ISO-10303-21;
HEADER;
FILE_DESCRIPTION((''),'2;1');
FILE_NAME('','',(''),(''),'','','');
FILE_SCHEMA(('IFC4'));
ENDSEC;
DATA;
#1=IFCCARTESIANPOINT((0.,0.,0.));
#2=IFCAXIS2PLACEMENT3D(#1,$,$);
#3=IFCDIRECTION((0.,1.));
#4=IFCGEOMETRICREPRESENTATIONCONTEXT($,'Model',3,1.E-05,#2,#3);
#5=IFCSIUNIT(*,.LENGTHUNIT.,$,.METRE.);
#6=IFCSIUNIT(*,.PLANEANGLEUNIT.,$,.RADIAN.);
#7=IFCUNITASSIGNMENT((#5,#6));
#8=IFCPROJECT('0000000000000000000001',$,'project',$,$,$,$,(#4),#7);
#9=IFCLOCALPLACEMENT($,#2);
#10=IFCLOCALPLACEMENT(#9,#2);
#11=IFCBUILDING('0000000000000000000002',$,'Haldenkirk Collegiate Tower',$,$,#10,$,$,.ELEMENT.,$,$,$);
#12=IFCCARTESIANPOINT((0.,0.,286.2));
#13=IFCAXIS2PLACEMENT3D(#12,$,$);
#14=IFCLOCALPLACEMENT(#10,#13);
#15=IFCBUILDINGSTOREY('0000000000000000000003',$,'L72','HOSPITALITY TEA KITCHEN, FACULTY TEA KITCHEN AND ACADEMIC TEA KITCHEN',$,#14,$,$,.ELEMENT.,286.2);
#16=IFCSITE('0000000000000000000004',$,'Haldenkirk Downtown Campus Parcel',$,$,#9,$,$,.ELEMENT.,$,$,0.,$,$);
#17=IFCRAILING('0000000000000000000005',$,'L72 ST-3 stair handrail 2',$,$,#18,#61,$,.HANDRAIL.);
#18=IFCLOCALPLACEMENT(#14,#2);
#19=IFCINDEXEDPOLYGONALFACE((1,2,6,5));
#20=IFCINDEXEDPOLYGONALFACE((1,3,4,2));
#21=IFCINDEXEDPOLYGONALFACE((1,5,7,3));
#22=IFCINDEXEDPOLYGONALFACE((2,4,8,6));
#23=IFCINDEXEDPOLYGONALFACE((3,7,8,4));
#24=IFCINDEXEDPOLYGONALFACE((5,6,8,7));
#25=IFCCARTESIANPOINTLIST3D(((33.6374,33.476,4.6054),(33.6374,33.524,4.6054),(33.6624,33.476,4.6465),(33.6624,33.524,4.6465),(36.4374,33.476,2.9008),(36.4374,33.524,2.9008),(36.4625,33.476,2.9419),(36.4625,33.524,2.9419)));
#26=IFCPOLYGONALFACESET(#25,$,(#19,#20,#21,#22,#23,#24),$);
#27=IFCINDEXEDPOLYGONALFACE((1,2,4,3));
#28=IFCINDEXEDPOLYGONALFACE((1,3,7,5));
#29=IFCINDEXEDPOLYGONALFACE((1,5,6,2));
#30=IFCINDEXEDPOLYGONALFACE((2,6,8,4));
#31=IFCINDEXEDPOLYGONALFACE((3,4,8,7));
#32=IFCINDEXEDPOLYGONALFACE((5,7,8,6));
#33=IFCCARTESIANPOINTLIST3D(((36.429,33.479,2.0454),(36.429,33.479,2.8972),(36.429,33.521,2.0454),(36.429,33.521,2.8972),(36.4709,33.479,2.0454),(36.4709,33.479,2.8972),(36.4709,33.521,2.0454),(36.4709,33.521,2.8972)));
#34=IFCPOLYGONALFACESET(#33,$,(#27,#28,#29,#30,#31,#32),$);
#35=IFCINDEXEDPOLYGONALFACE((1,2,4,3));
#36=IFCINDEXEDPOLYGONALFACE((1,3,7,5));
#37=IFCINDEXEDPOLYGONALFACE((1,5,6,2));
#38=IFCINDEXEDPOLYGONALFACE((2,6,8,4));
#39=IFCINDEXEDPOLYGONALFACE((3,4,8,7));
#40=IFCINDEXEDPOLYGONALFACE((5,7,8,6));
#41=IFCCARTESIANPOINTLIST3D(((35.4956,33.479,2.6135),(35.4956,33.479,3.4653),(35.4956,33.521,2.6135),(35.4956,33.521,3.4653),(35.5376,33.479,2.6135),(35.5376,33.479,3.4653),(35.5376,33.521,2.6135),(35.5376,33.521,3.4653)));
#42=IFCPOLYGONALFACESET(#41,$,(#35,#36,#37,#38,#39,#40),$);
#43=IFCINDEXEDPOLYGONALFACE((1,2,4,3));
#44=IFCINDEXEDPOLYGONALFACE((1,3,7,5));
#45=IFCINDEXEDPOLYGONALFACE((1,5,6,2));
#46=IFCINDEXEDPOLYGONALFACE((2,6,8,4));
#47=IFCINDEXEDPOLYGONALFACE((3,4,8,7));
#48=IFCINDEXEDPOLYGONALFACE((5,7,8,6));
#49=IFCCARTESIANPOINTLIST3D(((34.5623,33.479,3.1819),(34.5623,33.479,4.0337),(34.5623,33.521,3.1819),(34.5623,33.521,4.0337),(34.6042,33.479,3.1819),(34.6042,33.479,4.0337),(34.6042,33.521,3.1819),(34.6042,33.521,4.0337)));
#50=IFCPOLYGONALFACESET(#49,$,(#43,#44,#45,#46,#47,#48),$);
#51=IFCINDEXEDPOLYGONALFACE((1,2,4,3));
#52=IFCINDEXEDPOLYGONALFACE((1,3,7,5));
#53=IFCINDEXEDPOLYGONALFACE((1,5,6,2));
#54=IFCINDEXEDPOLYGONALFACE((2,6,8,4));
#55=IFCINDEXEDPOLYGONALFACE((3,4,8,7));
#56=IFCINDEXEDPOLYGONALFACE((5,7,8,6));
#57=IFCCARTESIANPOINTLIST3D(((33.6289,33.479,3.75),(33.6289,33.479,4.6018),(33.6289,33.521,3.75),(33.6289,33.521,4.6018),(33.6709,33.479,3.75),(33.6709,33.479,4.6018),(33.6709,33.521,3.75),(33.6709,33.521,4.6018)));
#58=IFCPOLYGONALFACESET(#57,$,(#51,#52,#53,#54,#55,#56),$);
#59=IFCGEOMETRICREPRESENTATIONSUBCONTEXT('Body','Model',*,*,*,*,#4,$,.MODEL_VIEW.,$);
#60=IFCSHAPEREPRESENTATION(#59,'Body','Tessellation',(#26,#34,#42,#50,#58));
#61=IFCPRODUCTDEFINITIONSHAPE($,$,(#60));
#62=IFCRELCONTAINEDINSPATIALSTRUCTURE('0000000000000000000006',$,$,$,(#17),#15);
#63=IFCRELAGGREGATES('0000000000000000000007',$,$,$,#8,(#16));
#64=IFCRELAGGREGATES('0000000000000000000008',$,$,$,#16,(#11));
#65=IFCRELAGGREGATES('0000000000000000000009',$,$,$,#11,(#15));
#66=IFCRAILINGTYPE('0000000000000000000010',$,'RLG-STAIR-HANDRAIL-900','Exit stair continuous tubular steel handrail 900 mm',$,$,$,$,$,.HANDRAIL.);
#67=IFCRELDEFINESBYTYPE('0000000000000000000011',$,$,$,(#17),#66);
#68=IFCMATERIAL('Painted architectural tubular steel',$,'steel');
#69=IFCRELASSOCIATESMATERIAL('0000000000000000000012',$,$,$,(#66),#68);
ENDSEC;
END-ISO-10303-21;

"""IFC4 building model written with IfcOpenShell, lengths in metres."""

from ifc_helpers import new_model, si_unit, direction, frame, origin, origin_2d, place, context, subcontext, project, spatial, rectangle, extrude, material, type_object, element, save


model = new_model("IFC4")

# Units and contexts
model_context = context("Model", 3, precision=1e-05, world=origin(), true_north=direction((0.0, 1.0)))
body_context = subcontext(model_context, "Body", "Model", "MODEL_VIEW")
ifc_project = project(units=[si_unit("LENGTHUNIT", "METRE"), si_unit("PLANEANGLEUNIT", "RADIAN")], contexts=[model_context])

# Site, building, storey
site_placement = place(None, origin())
site = spatial("IfcSite", under=ifc_project, at=site_placement, Name="Haldenkirk Downtown Campus Parcel", CompositionType="ELEMENT", RefElevation=0.0)
building_placement = place(site_placement, origin())
building = spatial("IfcBuilding", under=site, at=building_placement, Name="Haldenkirk Collegiate Tower", CompositionType="ELEMENT")
storey_placement = place(building_placement, frame((0.0, 0.0, 286.2)))
storey = spatial("IfcBuildingStorey", under=building, at=storey_placement, Name="L72", Description="HOSPITALITY TEA KITCHEN, FACULTY TEA KITCHEN AND ACADEMIC TEA KITCHEN", CompositionType="ELEMENT", Elevation=286.2)

# Railing
ifc_material_1 = material(Name="Painted architectural tubular steel", Category="steel")
railing_type_1 = type_object("IfcRailingType", Name="RLG-STAIR-HANDRAIL-900", Description="Exit stair continuous tubular steel handrail 900 mm", PredefinedType="HANDRAIL", material=ifc_material_1)
railing_1_placement = place(storey_placement, frame((36.45, 33.5, 2.0454)))
element("IfcRailing", 1, at=railing_1_placement, inside=storey, type_object=railing_type_1, Name="L72 ST-3 stair handrail 2", PredefinedType="HANDRAIL", context=body_context, shape_type="SweptSolid", body=[
    extrude(rectangle(XDim=0.0481, YDim=0.0481, at=origin_2d()), frame((0.0, 0.0, 0.876), z_axis=(-0.85417, 0.0, 0.519994), x_axis=(0.0, -1.0, 0.0)), (0.0, 0.0, 1.0), 3.2781),
    extrude(rectangle(XDim=0.042, YDim=0.042, at=origin_2d()), origin(), (0.0, 0.0, 1.0), 0.8518),
    extrude(rectangle(XDim=0.042, YDim=0.042, at=origin_2d()), frame((-0.9333, 0.0, 0.5681)), (0.0, 0.0, 1.0), 0.8518),
    extrude(rectangle(XDim=0.042, YDim=0.042, at=origin_2d()), frame((-1.8667, 0.0, 1.1365)), (0.0, 0.0, 1.0), 0.8518),
    extrude(rectangle(XDim=0.042, YDim=0.042, at=origin_2d()), frame((-2.8, 0.0, 1.7046)), (0.0, 0.0, 1.0), 0.8518),
])

save(model, "model.ifc")
